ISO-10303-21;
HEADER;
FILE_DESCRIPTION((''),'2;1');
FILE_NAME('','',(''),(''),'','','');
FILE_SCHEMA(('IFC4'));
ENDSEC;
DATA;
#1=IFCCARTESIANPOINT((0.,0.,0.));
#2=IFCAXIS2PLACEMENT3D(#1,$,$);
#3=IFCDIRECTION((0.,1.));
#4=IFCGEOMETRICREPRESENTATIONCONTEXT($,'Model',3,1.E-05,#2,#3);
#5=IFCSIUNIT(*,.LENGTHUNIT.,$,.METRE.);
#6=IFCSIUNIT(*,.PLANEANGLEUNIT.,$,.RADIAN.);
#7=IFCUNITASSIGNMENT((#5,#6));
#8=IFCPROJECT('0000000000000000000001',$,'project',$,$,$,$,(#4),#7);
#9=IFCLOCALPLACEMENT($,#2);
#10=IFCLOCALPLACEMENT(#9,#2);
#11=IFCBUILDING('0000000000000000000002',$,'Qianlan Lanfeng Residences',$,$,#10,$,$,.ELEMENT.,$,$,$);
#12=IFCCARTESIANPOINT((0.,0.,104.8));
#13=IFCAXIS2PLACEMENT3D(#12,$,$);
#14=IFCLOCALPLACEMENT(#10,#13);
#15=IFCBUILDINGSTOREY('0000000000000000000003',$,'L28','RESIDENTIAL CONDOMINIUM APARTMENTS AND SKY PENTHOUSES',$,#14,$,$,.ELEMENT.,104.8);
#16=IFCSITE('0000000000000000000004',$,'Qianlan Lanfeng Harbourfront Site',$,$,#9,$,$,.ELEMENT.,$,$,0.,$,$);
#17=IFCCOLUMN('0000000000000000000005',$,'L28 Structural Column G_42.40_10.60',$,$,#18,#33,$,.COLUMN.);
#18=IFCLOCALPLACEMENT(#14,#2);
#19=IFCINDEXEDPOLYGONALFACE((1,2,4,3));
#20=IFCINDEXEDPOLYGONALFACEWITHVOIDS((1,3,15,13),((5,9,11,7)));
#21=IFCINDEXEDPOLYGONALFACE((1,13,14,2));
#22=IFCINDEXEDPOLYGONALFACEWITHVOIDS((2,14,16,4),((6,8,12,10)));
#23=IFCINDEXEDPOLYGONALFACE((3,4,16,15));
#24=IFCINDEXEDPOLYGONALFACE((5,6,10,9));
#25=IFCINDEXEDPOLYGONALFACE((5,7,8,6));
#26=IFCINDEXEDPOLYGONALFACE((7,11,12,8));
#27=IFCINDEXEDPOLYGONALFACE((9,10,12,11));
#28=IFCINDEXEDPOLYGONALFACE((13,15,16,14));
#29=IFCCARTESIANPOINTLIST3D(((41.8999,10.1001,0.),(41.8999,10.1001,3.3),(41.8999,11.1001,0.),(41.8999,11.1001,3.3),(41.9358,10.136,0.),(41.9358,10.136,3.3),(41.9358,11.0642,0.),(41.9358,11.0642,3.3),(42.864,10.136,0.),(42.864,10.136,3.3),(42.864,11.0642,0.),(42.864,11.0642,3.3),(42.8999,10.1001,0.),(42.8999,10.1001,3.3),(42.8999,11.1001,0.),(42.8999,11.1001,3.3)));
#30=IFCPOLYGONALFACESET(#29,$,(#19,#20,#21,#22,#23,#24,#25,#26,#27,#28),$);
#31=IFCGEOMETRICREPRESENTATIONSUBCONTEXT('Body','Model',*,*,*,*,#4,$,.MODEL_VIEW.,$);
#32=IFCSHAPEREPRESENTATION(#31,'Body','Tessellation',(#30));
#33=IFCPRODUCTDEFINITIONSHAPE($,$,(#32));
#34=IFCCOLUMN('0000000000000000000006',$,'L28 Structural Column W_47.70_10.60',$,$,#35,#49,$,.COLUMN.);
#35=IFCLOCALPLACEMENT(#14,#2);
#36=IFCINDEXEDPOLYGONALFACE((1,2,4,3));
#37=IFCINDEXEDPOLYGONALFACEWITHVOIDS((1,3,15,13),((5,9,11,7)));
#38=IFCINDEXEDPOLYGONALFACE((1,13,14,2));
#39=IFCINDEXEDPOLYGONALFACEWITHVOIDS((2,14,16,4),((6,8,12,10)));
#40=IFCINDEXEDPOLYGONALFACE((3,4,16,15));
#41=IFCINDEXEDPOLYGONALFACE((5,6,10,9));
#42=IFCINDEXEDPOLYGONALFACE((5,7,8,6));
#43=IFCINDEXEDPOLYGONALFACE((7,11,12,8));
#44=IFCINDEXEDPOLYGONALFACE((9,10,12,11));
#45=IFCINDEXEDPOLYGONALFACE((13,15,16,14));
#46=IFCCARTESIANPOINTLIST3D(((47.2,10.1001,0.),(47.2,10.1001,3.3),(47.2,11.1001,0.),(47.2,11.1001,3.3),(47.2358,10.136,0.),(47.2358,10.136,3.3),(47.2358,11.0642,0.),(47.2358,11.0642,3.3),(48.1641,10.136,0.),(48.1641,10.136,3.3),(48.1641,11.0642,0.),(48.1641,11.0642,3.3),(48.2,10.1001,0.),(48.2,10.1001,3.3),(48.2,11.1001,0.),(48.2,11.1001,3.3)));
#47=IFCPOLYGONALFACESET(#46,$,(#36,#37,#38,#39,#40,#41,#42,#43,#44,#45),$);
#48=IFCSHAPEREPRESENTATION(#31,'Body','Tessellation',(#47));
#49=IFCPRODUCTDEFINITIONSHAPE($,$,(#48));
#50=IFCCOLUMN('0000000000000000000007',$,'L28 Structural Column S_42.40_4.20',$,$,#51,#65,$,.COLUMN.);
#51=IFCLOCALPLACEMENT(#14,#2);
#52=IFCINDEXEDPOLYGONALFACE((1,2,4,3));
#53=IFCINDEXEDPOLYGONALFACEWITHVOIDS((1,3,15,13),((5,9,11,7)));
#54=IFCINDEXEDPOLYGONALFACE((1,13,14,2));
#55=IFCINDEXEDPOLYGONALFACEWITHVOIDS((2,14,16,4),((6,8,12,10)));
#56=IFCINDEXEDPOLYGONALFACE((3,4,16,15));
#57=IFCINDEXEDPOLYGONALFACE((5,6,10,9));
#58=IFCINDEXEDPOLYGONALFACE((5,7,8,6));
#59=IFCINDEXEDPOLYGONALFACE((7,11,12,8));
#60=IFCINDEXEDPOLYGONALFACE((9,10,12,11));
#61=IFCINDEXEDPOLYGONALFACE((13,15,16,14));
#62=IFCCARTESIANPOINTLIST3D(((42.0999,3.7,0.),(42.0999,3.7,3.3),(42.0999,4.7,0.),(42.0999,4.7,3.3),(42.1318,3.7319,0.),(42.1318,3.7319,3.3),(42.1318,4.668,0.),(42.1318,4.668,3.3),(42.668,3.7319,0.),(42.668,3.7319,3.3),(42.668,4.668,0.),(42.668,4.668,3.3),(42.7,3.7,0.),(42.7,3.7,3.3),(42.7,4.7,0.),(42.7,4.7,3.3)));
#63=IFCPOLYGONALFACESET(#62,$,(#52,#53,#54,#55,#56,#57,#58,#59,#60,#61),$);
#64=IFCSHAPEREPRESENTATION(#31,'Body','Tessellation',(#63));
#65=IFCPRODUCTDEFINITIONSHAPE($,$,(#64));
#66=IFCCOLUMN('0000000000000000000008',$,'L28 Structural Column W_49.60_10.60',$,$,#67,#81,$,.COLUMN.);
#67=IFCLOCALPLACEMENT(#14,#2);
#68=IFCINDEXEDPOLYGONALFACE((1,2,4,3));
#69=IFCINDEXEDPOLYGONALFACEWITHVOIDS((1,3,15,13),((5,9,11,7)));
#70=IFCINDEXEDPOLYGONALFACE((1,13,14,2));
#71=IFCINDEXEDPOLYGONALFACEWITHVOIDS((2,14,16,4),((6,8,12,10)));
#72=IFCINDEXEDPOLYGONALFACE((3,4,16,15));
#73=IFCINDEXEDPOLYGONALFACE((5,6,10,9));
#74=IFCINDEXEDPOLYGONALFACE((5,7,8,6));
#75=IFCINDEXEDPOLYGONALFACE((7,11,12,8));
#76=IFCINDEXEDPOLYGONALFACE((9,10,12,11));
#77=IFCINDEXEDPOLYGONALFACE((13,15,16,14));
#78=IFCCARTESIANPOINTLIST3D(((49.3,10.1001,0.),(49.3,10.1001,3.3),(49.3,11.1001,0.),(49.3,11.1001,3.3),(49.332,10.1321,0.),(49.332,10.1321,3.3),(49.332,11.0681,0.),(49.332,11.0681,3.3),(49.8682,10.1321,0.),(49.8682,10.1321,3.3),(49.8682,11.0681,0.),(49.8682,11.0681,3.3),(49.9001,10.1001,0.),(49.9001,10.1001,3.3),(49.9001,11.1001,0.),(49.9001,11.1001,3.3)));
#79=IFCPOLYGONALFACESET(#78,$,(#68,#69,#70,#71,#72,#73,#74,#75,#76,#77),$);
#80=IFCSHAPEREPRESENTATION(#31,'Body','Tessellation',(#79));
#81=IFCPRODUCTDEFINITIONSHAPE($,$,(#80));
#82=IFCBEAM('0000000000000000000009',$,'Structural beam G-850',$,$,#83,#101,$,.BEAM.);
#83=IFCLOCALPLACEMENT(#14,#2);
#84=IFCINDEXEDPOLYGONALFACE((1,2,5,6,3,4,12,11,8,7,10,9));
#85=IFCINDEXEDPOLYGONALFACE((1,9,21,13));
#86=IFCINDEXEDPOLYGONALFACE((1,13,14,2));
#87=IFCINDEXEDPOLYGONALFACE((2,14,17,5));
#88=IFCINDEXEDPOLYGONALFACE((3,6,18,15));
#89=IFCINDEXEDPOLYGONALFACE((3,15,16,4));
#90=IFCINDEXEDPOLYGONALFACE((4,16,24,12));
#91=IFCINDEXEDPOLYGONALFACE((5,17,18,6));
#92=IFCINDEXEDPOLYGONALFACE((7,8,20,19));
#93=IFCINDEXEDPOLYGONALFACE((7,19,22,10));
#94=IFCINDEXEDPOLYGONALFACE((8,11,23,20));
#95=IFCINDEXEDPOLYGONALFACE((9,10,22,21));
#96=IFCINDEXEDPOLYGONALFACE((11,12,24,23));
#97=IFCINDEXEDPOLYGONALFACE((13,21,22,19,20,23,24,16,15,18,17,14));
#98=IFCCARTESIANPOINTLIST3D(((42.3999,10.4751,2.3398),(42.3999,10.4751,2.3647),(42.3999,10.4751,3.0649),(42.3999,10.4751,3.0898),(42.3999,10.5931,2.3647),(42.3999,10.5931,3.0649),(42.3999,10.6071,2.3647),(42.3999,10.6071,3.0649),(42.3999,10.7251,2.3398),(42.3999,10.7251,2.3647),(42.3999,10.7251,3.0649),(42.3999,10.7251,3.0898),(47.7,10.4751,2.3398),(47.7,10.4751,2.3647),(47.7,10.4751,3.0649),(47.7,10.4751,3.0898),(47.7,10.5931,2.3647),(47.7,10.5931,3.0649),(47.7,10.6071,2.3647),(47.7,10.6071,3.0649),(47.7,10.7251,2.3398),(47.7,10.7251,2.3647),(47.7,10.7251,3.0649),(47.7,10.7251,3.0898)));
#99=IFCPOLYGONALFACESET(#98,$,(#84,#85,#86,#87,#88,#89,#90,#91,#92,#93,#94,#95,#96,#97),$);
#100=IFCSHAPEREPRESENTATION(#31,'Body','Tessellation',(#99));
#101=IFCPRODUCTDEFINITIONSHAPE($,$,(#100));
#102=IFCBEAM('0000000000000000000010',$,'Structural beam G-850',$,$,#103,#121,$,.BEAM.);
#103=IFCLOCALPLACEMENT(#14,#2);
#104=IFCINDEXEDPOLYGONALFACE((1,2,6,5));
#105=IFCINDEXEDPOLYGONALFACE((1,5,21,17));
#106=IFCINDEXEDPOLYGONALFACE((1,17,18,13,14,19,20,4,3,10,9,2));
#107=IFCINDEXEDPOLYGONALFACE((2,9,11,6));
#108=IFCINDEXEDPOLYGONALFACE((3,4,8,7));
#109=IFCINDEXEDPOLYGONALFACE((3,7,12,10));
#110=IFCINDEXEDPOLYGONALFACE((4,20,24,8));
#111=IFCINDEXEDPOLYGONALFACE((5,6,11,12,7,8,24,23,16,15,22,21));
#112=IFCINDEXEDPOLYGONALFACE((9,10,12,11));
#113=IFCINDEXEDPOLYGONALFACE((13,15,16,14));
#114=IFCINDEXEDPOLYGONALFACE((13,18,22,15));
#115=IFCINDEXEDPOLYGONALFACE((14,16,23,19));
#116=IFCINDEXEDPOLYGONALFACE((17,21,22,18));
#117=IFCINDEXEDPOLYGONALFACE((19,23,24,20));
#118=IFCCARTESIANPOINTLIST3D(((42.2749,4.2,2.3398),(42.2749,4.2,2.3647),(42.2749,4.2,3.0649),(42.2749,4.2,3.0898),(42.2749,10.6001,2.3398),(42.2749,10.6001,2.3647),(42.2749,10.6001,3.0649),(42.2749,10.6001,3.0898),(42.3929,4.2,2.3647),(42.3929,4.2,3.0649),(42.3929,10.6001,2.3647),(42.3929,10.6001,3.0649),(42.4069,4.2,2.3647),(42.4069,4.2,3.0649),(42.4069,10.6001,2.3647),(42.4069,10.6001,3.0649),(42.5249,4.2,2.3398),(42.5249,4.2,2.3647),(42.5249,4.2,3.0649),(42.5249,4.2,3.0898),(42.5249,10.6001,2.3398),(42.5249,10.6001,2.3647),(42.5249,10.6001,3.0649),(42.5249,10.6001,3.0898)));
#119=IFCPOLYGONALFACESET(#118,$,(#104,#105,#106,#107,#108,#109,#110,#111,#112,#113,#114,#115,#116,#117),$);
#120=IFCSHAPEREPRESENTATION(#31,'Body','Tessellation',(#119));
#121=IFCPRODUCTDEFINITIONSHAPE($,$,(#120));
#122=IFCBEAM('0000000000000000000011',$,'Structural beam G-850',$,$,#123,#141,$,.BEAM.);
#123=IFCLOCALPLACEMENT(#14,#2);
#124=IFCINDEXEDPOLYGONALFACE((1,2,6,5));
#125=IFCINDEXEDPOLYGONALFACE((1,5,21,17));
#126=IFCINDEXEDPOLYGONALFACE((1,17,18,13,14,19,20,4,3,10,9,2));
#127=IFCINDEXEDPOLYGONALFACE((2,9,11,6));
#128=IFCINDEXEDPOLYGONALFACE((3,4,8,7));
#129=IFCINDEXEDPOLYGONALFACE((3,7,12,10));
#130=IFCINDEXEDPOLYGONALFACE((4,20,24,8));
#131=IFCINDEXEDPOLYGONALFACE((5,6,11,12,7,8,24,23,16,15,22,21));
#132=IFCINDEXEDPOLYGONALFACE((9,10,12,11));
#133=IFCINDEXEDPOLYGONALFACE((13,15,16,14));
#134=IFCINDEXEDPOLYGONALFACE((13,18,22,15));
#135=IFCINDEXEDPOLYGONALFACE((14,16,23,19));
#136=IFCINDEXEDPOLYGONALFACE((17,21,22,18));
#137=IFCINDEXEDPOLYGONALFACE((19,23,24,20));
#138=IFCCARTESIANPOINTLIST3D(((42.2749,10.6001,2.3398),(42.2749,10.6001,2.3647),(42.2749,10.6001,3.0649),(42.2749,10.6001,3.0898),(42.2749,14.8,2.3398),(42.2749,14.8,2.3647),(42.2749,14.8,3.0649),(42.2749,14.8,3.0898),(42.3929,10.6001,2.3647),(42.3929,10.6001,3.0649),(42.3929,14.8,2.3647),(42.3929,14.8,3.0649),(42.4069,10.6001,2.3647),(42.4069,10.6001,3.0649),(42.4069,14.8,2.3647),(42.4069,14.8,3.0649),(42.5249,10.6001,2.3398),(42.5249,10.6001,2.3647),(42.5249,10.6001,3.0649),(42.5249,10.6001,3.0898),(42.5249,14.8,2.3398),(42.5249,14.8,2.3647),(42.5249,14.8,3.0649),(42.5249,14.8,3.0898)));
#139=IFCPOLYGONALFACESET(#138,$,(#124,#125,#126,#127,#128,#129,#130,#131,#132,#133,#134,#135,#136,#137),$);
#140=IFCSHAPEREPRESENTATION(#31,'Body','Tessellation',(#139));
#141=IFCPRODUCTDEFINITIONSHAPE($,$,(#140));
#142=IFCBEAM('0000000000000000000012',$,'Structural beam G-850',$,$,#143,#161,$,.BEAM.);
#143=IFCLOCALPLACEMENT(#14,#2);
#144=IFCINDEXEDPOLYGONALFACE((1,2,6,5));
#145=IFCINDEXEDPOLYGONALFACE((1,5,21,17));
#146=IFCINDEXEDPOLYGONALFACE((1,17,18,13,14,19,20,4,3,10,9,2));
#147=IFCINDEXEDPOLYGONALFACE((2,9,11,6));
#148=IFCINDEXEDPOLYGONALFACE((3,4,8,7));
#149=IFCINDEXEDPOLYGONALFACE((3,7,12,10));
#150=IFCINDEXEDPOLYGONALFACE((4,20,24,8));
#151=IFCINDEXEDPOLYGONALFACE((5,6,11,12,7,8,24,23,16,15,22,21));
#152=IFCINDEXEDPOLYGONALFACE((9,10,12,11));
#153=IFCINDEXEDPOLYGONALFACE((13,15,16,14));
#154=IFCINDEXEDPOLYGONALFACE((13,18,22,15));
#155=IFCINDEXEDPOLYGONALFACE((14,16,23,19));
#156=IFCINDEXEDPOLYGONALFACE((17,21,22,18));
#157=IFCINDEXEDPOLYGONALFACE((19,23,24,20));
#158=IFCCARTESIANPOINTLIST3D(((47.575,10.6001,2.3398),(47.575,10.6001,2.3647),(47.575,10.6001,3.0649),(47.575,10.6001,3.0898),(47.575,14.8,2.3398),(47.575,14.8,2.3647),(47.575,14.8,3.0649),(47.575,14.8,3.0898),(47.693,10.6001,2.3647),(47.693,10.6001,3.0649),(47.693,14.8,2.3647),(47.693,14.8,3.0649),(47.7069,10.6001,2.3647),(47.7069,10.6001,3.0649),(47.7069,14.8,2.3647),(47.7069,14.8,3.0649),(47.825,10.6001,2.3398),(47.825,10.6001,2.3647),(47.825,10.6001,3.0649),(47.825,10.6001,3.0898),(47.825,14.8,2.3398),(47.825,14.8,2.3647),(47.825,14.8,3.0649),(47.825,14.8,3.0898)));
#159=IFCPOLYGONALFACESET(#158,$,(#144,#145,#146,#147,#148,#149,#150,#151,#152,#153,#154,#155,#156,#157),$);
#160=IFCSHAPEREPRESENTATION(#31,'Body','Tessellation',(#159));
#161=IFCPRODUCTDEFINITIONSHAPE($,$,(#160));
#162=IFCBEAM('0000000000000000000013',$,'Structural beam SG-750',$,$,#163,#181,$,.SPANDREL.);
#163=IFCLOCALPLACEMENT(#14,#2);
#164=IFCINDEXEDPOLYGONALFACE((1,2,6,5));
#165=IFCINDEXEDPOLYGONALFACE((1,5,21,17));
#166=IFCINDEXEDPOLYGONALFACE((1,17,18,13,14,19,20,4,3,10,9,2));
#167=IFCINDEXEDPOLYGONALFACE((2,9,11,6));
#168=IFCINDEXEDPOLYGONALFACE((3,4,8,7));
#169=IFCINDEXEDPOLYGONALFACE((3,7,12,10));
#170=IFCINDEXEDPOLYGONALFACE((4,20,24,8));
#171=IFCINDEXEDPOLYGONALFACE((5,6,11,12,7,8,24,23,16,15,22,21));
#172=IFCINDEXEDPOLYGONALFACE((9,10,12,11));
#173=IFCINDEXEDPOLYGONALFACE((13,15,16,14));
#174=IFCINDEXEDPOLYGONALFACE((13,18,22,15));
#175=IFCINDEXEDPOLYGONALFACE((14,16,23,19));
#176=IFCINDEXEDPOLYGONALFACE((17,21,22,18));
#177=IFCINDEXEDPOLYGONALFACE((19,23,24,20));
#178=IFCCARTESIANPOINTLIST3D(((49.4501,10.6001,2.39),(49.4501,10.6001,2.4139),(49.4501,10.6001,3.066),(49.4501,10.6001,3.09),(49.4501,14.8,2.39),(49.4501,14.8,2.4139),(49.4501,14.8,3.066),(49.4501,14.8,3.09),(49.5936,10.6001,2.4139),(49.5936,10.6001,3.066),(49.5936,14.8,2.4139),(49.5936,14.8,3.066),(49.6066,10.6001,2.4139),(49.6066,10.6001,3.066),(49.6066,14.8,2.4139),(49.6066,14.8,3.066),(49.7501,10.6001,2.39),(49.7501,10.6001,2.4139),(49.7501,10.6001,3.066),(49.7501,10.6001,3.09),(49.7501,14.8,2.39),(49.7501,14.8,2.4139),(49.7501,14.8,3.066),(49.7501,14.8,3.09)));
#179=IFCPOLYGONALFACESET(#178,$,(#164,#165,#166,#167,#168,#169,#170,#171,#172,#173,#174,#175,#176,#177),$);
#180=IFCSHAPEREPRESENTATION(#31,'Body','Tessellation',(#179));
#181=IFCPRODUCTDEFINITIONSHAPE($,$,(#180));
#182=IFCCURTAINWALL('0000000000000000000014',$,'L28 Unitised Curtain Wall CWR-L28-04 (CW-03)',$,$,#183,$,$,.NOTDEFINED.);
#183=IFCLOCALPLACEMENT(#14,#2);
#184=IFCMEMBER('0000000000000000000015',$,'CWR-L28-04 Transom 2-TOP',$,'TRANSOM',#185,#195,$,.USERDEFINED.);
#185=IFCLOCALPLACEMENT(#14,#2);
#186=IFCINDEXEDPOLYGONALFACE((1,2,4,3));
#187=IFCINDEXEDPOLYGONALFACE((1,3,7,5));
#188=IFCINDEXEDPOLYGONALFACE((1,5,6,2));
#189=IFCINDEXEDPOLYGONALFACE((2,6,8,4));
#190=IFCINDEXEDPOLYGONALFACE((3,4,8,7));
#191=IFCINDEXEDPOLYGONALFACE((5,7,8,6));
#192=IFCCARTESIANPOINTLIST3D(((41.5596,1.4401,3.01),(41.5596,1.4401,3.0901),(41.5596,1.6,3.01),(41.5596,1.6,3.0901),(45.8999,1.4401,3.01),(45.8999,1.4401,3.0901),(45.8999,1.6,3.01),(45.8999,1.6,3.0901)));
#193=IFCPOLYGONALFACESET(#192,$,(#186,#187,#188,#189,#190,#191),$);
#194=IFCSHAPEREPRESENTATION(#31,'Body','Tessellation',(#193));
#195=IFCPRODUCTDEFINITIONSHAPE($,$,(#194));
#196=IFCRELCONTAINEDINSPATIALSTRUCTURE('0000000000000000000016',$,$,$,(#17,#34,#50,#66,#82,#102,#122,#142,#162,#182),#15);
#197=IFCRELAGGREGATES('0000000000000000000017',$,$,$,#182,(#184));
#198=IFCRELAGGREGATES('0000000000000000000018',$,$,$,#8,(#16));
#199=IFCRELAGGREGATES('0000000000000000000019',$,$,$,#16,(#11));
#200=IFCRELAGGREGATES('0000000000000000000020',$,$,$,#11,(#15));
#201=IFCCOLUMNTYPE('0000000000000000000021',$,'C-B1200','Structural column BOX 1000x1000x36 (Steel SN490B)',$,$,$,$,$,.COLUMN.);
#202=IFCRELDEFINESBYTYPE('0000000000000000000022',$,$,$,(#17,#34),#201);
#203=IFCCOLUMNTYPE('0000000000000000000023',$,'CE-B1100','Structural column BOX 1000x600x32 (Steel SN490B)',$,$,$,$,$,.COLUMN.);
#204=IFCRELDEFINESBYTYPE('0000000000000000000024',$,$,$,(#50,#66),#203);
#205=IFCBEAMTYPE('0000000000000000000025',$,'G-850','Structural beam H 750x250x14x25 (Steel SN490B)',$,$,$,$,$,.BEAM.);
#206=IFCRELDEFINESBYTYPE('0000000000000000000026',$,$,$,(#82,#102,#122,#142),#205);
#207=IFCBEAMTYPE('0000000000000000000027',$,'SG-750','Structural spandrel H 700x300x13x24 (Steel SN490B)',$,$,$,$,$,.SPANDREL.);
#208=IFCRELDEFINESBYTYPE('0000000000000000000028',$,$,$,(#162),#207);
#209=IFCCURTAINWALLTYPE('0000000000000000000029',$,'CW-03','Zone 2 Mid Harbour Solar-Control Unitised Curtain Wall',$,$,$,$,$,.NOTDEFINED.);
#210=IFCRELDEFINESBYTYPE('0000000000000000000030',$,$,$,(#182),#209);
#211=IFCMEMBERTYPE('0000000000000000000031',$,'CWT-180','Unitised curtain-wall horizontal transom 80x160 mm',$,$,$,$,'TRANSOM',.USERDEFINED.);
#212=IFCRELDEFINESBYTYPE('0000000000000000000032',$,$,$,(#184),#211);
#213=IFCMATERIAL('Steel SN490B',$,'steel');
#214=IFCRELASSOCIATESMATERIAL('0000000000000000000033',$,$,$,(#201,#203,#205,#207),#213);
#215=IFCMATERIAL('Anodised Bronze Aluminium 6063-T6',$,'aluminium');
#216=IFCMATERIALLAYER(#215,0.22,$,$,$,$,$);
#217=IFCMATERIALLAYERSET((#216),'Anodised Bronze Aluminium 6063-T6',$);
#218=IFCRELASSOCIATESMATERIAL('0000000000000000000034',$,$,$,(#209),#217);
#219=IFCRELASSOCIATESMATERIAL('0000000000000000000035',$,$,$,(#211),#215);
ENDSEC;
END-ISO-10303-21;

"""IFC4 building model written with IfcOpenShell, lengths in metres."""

from ifc_helpers import new_model, si_unit, direction, frame, origin, origin_2d, place, context, subcontext, project, spatial, rectangle, hollow_rectangle, i_section, extrude, source, transform, mapped, material, layer, layer_set, material_profile, profile_set, type_object, element, aggregate, save


model = new_model("IFC4")

# Units and contexts
model_context = context("Model", 3, precision=1e-05, world=origin(), true_north=direction((0.0, 1.0)))
body_context = subcontext(model_context, "Body", "Model", "MODEL_VIEW")
ifc_project = project(units=[si_unit("LENGTHUNIT", "METRE"), si_unit("PLANEANGLEUNIT", "RADIAN")], contexts=[model_context])

# Site, building, storey
site_placement = place(None, origin())
site = spatial("IfcSite", under=ifc_project, at=site_placement, Name="Qianlan Lanfeng Harbourfront Site", CompositionType="ELEMENT", RefElevation=0.0)
building_placement = place(site_placement, origin())
building = spatial("IfcBuilding", under=site, at=building_placement, Name="Qianlan Lanfeng Residences", CompositionType="ELEMENT")
storey_placement = place(building_placement, frame((0.0, 0.0, 104.8)))
storey = spatial("IfcBuildingStorey", under=building, at=storey_placement, Name="L28", Description="RESIDENTIAL CONDOMINIUM APARTMENTS AND SKY PENTHOUSES", CompositionType="ELEMENT", Elevation=104.8)

# Columns
ifc_material_1 = material(Name="Steel SN490B", Category="steel")
ifc_material_profile_1 = material_profile(ifc_material_1, hollow_rectangle(XDim=1.0, YDim=1.0, WallThickness=0.0359, at=origin_2d()), Name="BOX 1000x1000x36")
ifc_profile_set_1 = profile_set([ifc_material_profile_1], Name="Steel SN490B")
column_type_1 = type_object("IfcColumnType", Name="C-B1200", Description="Structural column BOX 1000x1000x36 (Steel SN490B)", PredefinedType="COLUMN", material=ifc_profile_set_1)
for number, where, z_axis, x_axis, name in (
    (1, (42.3999, 10.6001, 0.0), (0.0, 0.0, 1.0), (1.0, 0.0, 0.0), "L28 Structural Column G_42.40_10.60"),
    (2, (47.7, 10.6001, 0.0), (0.0, 0.0, 1.0), (1.0, 0.0, 0.0), "L28 Structural Column W_47.70_10.60"),
):
    element("IfcColumn", number, at=place(storey_placement, frame(where, z_axis=z_axis, x_axis=x_axis)), inside=storey, type_object=column_type_1, Name=name, PredefinedType="COLUMN", context=body_context, shape_type="SweptSolid", body=[
        extrude(hollow_rectangle(XDim=1.0, YDim=1.0, WallThickness=0.0359, at=origin_2d()), origin(), (0.0, 0.0, 1.0), 3.3),
    ])
ifc_material_profile_2 = material_profile(ifc_material_1, hollow_rectangle(XDim=0.6001, YDim=1.0, WallThickness=0.032, at=origin_2d()), Name="BOX 1000x600x32")
ifc_profile_set_2 = profile_set([ifc_material_profile_2], Name="Steel SN490B")
column_type_2 = type_object("IfcColumnType", Name="CE-B1100", Description="Structural column BOX 1000x600x32 (Steel SN490B)", PredefinedType="COLUMN", material=ifc_profile_set_2)
for number, where, z_axis, x_axis, name in (
    (3, (42.3999, 4.2, 0.0), (0.0, 0.0, 1.0), (1.0, 0.0, 0.0), "L28 Structural Column S_42.40_4.20"),
    (4, (49.6001, 10.6001, 0.0), (0.0, 0.0, 1.0), (1.0, 0.0, 0.0), "L28 Structural Column W_49.60_10.60"),
):
    element("IfcColumn", number, at=place(storey_placement, frame(where, z_axis=z_axis, x_axis=x_axis)), inside=storey, type_object=column_type_2, Name=name, PredefinedType="COLUMN", context=body_context, shape_type="SweptSolid", body=[
        extrude(hollow_rectangle(XDim=0.6001, YDim=1.0, WallThickness=0.032, at=origin_2d()), origin(), (0.0, 0.0, 1.0), 3.3),
    ])

# Beams
ifc_material_profile_3 = material_profile(ifc_material_1, i_section(OverallWidth=0.25, OverallDepth=0.75, WebThickness=0.0139, FlangeThickness=0.0249, at=origin_2d()), Name="H 750x250x14x25")
ifc_profile_set_3 = profile_set([ifc_material_profile_3], Name="Steel SN490B")
beam_type_1 = type_object("IfcBeamType", Name="G-850", Description="Structural beam H 750x250x14x25 (Steel SN490B)", PredefinedType="BEAM", material=ifc_profile_set_3)
beam_1_placement = place(storey_placement, frame((42.3999, 10.6001, 2.7148), z_axis=(1.0, 0.0, 0.0), x_axis=(0.0, 1.0, 0.0)))
element("IfcBeam", 5, at=beam_1_placement, inside=storey, type_object=beam_type_1, Name="Structural beam G-850", PredefinedType="BEAM", context=body_context, shape_type="SweptSolid", body=[
    extrude(i_section(OverallWidth=0.25, OverallDepth=0.75, WebThickness=0.0139, FlangeThickness=0.0249, at=origin_2d()), origin(), (0.0, 0.0, 1.0), 5.3),
])
beam_2_placement = place(storey_placement, frame((42.3999, 4.2, 2.7148), z_axis=(0.0, 1.0, 0.0), x_axis=(-1.0, 0.0, 0.0)))
element("IfcBeam", 6, at=beam_2_placement, inside=storey, type_object=beam_type_1, Name="Structural beam G-850", PredefinedType="BEAM", context=body_context, shape_type="SweptSolid", body=[
    extrude(i_section(OverallWidth=0.25, OverallDepth=0.75, WebThickness=0.0139, FlangeThickness=0.0249, at=origin_2d()), origin(), (0.0, 0.0, 1.0), 6.4001),
])
for number, where, z_axis, x_axis, name in (
    (7, (42.3999, 10.6001, 2.7148), (0.0, 1.0, 0.0), (-1.0, 0.0, 0.0), "Structural beam G-850"),
    (8, (47.7, 10.6001, 2.7148), (0.0, 1.0, 0.0), (-1.0, 0.0, 0.0), "Structural beam G-850"),
):
    element("IfcBeam", number, at=place(storey_placement, frame(where, z_axis=z_axis, x_axis=x_axis)), inside=storey, type_object=beam_type_1, Name=name, PredefinedType="BEAM", context=body_context, shape_type="SweptSolid", body=[
        extrude(i_section(OverallWidth=0.25, OverallDepth=0.75, WebThickness=0.0139, FlangeThickness=0.0249, at=origin_2d()), origin(), (0.0, 0.0, 1.0), 4.2),
    ])
ifc_material_profile_4 = material_profile(ifc_material_1, i_section(OverallWidth=0.3, OverallDepth=0.7, WebThickness=0.0129, FlangeThickness=0.0239, at=origin_2d()), Name="H 700x300x13x24")
ifc_profile_set_4 = profile_set([ifc_material_profile_4], Name="Steel SN490B")
beam_type_2 = type_object("IfcBeamType", Name="SG-750", Description="Structural spandrel H 700x300x13x24 (Steel SN490B)", PredefinedType="SPANDREL", material=ifc_profile_set_4)
beam_3_placement = place(storey_placement, frame((49.6001, 10.6001, 2.74), z_axis=(0.0, 1.0, 0.0), x_axis=(-1.0, 0.0, 0.0)))
element("IfcBeam", 9, at=beam_3_placement, inside=storey, type_object=beam_type_2, Name="Structural beam SG-750", PredefinedType="SPANDREL", context=body_context, shape_type="SweptSolid", body=[
    extrude(i_section(OverallWidth=0.3, OverallDepth=0.7, WebThickness=0.0129, FlangeThickness=0.0239, at=origin_2d()), origin(), (0.0, 0.0, 1.0), 4.2),
])

# Curtain wall, member
ifc_material_2 = material(Name="Anodised Bronze Aluminium 6063-T6", Category="aluminium")
ifc_layer_1 = layer(ifc_material_2, 0.22)
ifc_layer_set_1 = layer_set([ifc_layer_1], Name="Anodised Bronze Aluminium 6063-T6")
curtain_wall_type = type_object("IfcCurtainWallType", Name="CW-03", Description="Zone 2 Mid Harbour Solar-Control Unitised Curtain Wall", PredefinedType="NOTDEFINED", material=ifc_layer_set_1)
curtain_wall_1_placement = place(storey_placement, origin())
curtain_wall_1 = element("IfcCurtainWall", 10, at=curtain_wall_1_placement, inside=storey, type_object=curtain_wall_type, Name="L28 Unitised Curtain Wall CWR-L28-04 (CW-03)", PredefinedType="NOTDEFINED")
ifc_material_profile_5 = material_profile(ifc_material_2, rectangle(XDim=0.0801, YDim=0.1599, at=origin_2d()), Name="ALU TRANSOM 80x160")
ifc_profile_set_5 = profile_set([ifc_material_profile_5], Name="Anodised Bronze Aluminium 6063-T6")
member_type_1 = type_object("IfcMemberType", Name="CWT-180", Description="Unitised curtain-wall horizontal transom 80x160 mm", ElementType="TRANSOM", PredefinedType="USERDEFINED", material=ifc_profile_set_5)
shared_shape_1 = source(origin(), body_context, "Body", "SweptSolid", [
    extrude(rectangle(XDim=0.0801, YDim=0.1599, at=origin_2d()), origin(), (0.0, 0.0, 1.0), 4.3403),
])
member_1_placement = place(storey_placement, frame((41.5596, 1.52, 3.05), z_axis=(1.0, 0.0, 0.0), x_axis=(0.0, 0.0, 1.0)))
member_1 = element("IfcMember", 11, at=member_1_placement, type_object=member_type_1, Name="CWR-L28-04 Transom 2-TOP", ObjectType="TRANSOM", PredefinedType="USERDEFINED", context=body_context, shape_type="MappedRepresentation", body=[
    mapped(shared_shape_1, transform((0.0, 0.0, 0.0), scale=1.0)),
])

aggregate(curtain_wall_1, [member_1])

save(model, "model.ifc")
